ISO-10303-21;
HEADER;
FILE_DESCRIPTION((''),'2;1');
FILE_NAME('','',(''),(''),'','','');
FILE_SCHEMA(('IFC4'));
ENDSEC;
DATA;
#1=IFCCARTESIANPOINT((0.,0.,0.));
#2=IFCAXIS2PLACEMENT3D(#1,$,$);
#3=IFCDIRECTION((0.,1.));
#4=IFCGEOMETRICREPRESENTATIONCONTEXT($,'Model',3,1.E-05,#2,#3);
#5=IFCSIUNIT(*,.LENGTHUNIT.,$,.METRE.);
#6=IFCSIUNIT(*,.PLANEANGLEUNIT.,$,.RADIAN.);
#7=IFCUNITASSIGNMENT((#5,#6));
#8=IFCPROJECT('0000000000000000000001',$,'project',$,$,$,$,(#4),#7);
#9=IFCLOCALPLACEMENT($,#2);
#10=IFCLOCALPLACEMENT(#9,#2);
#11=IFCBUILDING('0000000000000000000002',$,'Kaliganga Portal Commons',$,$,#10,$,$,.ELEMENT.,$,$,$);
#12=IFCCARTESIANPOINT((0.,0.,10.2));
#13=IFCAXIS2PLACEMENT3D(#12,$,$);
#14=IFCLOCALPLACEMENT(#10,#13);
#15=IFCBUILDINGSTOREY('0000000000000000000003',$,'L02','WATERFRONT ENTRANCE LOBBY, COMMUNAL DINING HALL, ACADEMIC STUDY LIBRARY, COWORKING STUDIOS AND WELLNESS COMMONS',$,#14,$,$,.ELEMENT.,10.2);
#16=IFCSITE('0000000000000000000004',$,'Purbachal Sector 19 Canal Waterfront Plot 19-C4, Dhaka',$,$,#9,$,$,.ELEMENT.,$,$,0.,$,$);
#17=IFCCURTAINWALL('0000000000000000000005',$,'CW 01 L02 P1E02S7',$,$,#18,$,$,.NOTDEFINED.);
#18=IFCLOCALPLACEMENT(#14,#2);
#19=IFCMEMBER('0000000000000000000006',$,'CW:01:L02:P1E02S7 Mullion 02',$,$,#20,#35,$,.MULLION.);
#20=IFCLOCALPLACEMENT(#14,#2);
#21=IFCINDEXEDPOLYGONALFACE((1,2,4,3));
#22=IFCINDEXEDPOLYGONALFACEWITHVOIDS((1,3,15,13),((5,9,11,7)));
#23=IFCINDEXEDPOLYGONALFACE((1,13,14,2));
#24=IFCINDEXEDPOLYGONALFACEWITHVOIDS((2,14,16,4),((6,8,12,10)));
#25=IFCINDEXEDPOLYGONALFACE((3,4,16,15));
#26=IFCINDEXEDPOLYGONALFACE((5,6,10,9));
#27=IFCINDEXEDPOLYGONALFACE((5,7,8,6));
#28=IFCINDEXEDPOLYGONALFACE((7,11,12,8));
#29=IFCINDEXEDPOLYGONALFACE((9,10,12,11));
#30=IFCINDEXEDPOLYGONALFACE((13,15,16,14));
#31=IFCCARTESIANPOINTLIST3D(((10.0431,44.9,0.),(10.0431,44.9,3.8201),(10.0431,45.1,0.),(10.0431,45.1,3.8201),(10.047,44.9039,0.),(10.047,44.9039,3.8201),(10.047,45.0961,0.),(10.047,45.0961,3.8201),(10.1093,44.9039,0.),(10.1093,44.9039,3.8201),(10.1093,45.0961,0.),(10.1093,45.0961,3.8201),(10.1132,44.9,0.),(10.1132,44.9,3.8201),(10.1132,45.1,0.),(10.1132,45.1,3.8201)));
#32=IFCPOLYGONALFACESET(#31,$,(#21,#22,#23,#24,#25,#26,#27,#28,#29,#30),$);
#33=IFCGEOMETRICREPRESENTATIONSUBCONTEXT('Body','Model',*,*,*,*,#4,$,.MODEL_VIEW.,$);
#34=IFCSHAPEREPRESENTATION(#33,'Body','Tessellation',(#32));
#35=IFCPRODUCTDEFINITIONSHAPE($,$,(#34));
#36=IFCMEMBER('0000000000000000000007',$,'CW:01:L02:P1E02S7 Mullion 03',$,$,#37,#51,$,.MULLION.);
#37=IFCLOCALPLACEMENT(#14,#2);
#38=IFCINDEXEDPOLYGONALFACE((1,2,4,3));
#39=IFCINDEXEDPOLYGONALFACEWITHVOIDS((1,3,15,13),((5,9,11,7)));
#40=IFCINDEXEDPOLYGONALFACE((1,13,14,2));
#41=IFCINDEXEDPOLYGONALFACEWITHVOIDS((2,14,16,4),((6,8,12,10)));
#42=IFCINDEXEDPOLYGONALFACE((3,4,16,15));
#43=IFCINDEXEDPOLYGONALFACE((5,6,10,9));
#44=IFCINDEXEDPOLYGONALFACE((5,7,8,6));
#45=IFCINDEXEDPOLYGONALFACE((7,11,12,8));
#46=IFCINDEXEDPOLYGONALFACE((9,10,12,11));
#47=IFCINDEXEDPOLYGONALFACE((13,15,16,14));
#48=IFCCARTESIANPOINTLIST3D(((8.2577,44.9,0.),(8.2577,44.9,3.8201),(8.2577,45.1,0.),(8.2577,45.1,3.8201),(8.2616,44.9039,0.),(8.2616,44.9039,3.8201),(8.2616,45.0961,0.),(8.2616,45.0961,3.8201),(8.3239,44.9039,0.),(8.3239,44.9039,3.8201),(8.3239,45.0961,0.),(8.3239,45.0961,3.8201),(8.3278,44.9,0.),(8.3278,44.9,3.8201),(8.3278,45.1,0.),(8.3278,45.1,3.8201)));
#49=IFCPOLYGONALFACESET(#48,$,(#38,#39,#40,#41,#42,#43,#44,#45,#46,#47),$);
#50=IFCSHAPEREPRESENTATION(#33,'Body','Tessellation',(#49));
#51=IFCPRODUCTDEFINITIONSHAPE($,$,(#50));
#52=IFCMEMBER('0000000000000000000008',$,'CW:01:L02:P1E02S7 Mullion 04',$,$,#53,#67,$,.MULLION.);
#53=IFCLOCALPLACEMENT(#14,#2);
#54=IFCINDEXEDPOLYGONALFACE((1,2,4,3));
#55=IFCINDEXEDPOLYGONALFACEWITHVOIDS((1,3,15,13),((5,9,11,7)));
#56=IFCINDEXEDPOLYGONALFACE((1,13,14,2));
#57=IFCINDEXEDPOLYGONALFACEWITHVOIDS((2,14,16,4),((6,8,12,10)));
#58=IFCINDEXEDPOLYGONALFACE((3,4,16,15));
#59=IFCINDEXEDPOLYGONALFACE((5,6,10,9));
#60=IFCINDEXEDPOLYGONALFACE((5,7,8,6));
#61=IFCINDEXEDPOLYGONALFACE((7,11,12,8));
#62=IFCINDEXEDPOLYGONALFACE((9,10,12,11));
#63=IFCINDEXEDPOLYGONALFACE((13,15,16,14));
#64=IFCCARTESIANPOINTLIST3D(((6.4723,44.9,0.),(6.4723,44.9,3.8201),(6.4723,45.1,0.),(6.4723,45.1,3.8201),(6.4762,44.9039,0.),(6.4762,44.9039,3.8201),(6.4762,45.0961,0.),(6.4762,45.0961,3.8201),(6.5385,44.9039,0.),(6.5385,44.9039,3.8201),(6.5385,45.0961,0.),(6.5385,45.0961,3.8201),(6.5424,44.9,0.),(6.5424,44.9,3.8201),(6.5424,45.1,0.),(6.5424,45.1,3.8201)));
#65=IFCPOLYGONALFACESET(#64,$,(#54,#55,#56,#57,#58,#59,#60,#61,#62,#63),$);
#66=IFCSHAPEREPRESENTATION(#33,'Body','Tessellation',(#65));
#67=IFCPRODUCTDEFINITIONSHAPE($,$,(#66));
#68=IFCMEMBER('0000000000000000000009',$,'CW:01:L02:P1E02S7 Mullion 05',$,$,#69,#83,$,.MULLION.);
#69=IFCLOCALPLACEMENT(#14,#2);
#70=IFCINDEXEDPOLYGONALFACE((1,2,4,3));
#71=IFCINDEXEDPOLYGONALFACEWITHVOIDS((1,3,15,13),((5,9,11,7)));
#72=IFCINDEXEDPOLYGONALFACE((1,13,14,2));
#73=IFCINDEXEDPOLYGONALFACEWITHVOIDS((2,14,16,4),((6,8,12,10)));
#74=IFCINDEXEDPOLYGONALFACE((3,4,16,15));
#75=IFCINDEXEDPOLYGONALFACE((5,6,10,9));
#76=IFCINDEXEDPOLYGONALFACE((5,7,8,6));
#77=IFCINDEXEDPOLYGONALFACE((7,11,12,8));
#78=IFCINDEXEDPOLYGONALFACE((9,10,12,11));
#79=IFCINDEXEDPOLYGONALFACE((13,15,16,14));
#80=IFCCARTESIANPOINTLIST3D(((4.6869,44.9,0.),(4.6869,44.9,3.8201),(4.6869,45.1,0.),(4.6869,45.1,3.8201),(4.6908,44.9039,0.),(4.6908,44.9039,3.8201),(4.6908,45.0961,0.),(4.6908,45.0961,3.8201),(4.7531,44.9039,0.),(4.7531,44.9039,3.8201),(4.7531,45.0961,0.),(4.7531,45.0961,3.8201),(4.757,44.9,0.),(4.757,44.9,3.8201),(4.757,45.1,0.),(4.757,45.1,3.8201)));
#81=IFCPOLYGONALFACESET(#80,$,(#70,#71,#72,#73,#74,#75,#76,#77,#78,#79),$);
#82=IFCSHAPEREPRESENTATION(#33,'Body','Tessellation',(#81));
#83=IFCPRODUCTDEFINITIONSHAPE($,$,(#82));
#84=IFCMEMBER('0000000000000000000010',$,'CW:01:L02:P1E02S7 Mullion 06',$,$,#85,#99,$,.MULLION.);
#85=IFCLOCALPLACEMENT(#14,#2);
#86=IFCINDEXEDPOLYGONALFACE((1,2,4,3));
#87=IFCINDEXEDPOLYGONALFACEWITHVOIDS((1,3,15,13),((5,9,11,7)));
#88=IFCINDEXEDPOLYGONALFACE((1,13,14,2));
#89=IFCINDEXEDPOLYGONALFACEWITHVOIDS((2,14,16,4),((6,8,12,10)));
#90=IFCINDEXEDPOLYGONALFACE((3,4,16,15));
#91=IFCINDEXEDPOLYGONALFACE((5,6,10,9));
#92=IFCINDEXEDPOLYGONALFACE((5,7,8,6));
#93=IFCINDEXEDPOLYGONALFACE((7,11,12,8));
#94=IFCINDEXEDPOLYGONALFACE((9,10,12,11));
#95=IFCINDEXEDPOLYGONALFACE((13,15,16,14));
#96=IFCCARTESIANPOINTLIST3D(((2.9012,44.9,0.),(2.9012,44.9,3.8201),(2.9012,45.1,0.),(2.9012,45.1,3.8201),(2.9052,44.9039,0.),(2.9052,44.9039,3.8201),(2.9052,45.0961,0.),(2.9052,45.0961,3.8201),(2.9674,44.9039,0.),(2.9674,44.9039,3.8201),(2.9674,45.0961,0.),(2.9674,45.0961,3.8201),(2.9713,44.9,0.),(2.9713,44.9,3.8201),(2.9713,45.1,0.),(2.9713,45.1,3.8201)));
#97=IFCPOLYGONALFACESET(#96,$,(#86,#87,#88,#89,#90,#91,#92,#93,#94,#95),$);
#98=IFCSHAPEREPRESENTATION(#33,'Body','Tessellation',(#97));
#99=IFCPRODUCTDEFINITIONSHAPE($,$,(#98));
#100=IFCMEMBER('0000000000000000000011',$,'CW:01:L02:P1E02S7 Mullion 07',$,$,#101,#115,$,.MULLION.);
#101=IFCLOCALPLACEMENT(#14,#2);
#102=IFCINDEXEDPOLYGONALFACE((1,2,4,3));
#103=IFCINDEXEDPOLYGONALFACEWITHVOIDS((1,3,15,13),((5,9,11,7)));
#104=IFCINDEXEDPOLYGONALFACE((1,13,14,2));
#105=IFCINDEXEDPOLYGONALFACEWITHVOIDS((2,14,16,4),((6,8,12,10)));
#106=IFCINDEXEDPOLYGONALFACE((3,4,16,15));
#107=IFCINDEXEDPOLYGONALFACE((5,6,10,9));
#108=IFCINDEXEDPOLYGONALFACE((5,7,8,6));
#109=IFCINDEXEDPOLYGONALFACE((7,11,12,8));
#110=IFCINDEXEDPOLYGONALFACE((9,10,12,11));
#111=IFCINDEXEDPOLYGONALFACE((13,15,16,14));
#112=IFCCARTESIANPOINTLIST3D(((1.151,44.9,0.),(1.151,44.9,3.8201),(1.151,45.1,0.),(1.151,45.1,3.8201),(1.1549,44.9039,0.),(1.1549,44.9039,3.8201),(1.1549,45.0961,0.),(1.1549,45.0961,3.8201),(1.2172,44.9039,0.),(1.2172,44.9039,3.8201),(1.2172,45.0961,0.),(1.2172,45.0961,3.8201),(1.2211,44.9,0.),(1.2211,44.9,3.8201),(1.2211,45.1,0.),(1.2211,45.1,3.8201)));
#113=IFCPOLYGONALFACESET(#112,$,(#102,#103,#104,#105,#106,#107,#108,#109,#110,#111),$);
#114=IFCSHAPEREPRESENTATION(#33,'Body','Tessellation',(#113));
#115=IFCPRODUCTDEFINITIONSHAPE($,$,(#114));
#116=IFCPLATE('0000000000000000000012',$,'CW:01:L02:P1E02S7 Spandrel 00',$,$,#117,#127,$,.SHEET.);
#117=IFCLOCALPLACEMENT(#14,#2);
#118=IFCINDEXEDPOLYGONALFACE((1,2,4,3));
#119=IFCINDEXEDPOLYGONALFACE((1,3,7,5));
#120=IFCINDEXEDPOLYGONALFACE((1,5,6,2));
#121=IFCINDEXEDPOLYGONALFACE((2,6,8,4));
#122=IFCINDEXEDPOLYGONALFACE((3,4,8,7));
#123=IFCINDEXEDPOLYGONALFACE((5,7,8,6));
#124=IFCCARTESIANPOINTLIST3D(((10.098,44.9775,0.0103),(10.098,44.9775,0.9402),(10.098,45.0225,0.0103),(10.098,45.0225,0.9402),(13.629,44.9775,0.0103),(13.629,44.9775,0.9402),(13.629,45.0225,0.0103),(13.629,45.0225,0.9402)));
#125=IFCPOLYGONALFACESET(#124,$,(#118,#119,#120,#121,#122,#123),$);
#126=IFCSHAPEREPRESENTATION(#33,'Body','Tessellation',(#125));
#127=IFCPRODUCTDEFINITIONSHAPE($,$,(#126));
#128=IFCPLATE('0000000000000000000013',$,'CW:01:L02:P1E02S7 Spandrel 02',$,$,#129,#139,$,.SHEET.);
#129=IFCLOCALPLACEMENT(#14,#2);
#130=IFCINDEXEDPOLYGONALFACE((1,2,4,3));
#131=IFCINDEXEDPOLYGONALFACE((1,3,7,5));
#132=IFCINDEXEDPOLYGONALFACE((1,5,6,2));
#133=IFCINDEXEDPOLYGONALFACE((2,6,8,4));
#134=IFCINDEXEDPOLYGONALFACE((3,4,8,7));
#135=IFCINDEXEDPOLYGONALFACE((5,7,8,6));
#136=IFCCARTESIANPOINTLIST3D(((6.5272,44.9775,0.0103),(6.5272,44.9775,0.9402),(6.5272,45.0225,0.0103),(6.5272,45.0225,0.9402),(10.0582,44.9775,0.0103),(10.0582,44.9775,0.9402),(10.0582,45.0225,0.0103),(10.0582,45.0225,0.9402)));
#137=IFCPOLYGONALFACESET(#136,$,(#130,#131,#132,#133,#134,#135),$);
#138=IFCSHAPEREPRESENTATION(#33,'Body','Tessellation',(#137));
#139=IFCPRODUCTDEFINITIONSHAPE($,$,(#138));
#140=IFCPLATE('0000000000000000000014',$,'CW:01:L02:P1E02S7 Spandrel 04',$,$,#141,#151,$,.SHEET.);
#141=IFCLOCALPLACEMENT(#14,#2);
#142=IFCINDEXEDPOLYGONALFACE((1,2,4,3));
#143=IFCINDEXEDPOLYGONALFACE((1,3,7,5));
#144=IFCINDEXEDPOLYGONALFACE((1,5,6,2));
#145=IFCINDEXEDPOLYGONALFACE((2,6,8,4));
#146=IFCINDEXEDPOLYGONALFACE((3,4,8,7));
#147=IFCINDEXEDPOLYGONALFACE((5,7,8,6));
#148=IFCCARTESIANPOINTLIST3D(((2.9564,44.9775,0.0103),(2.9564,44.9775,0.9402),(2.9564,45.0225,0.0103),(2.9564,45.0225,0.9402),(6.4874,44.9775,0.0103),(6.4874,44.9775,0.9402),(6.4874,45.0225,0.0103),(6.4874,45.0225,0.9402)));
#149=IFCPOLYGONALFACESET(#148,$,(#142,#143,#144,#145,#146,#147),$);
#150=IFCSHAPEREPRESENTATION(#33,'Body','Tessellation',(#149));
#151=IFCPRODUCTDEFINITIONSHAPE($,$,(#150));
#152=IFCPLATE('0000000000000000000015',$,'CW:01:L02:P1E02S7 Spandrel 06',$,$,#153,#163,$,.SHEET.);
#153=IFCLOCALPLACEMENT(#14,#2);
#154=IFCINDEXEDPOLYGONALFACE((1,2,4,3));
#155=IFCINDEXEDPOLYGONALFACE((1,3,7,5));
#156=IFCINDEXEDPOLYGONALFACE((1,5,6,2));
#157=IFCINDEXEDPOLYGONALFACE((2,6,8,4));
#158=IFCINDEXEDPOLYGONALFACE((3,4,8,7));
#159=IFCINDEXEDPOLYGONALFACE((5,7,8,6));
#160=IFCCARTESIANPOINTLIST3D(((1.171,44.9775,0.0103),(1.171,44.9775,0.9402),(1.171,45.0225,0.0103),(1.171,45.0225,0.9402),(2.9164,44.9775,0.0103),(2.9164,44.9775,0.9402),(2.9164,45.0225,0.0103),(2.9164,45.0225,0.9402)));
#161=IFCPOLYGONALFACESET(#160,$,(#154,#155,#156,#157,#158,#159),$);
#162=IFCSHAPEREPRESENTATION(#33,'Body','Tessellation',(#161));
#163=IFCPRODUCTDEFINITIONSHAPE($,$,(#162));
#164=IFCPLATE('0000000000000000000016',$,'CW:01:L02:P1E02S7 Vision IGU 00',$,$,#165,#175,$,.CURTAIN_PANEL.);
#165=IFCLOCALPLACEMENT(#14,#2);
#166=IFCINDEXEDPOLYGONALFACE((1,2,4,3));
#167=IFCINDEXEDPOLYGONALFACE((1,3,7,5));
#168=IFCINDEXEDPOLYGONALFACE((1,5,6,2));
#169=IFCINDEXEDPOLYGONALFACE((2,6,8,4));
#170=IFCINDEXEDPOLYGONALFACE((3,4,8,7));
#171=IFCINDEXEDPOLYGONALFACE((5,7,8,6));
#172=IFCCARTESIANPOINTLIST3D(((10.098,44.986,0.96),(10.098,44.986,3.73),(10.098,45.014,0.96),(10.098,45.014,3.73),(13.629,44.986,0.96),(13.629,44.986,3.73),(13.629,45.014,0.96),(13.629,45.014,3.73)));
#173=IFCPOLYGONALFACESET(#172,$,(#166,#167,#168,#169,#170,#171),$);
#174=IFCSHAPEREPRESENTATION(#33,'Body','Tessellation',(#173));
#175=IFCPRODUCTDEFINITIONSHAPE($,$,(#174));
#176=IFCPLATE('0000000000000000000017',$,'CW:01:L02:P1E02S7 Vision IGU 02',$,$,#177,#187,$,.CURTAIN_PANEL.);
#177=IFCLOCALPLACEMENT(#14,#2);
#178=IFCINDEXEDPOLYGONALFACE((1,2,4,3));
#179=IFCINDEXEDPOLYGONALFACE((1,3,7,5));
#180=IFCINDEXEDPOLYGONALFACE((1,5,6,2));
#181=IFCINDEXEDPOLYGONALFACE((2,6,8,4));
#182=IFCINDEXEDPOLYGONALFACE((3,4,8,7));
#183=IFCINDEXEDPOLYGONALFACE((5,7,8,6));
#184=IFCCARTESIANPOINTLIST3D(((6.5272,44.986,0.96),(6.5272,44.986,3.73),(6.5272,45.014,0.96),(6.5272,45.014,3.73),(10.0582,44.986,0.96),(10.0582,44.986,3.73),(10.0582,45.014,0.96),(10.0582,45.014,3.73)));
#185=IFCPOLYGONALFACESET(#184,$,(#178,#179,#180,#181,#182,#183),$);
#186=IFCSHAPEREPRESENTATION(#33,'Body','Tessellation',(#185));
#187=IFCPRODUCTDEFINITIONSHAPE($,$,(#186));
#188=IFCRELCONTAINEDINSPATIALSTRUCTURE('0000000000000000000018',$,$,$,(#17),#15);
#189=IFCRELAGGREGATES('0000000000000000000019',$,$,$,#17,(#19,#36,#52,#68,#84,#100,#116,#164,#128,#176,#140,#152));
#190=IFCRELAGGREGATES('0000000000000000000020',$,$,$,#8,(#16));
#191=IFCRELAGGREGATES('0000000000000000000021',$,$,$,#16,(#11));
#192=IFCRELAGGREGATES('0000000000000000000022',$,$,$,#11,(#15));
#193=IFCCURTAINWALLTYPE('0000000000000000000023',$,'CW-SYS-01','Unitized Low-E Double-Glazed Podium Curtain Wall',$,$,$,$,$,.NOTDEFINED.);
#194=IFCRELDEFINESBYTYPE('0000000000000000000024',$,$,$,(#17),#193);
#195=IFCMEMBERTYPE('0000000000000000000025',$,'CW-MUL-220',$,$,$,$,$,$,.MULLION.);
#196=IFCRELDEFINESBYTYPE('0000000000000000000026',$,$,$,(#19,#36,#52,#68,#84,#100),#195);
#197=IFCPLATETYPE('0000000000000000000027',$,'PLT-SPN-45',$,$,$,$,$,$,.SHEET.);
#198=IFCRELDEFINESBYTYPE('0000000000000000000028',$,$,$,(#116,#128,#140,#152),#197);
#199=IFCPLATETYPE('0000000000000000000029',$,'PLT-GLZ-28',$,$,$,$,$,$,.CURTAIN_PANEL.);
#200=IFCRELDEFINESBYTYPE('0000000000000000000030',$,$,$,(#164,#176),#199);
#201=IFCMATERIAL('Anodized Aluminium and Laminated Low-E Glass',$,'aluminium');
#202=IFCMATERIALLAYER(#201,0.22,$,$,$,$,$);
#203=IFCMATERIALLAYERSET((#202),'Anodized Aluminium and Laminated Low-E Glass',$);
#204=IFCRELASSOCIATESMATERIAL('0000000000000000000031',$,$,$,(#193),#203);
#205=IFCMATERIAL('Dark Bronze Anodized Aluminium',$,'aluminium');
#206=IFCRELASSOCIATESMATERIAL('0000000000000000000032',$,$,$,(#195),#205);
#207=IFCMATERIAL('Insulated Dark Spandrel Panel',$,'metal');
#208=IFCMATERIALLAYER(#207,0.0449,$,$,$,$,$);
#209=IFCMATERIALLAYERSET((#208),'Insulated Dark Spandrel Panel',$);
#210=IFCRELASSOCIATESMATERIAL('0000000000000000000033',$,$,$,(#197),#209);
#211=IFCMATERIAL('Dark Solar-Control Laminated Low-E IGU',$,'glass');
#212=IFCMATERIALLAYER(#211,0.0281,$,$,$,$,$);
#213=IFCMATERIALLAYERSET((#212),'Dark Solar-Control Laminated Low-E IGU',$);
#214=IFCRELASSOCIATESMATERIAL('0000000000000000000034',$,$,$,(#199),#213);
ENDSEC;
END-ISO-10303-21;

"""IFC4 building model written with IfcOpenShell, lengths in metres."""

from ifc_helpers import new_model, si_unit, direction, frame, origin, origin_2d, place, context, subcontext, project, spatial, rectangle, hollow_rectangle, extrude, source, transform, mapped, material, layer, layer_set, material_profile, profile_set, type_object, element, aggregate, save


model = new_model("IFC4")

# Units and contexts
model_context = context("Model", 3, precision=1e-05, world=origin(), true_north=direction((0.0, 1.0)))
body_context = subcontext(model_context, "Body", "Model", "MODEL_VIEW")
ifc_project = project(units=[si_unit("LENGTHUNIT", "METRE"), si_unit("PLANEANGLEUNIT", "RADIAN")], contexts=[model_context])

# Site, building, storey
site_placement = place(None, origin())
site = spatial("IfcSite", under=ifc_project, at=site_placement, Name="Purbachal Sector 19 Canal Waterfront Plot 19-C4, Dhaka", CompositionType="ELEMENT", RefElevation=0.0)
building_placement = place(site_placement, origin())
building = spatial("IfcBuilding", under=site, at=building_placement, Name="Kaliganga Portal Commons", CompositionType="ELEMENT")
storey_placement = place(building_placement, frame((0.0, 0.0, 10.2)))
storey = spatial("IfcBuildingStorey", under=building, at=storey_placement, Name="L02", Description="WATERFRONT ENTRANCE LOBBY, COMMUNAL DINING HALL, ACADEMIC STUDY LIBRARY, COWORKING STUDIOS AND WELLNESS COMMONS", CompositionType="ELEMENT", Elevation=10.2)

# Shared definitions
ifc_material_1 = material(Name="Anodized Aluminium and Laminated Low-E Glass", Category="aluminium")
ifc_layer_1 = layer(ifc_material_1, 0.22)
ifc_layer_set_1 = layer_set([ifc_layer_1], Name="Anodized Aluminium and Laminated Low-E Glass")
curtain_wall_type = type_object("IfcCurtainWallType", Name="CW-SYS-01", Description="Unitized Low-E Double-Glazed Podium Curtain Wall", PredefinedType="NOTDEFINED", material=ifc_layer_set_1)
ifc_material_2 = material(Name="Dark Bronze Anodized Aluminium", Category="aluminium")

# Curtain wall, members, plates
curtain_wall_1_placement = place(storey_placement, origin())
curtain_wall_1 = element("IfcCurtainWall", 1, at=curtain_wall_1_placement, inside=storey, type_object=curtain_wall_type, Name="CW 01 L02 P1E02S7", PredefinedType="NOTDEFINED")
ifc_material_profile_1 = material_profile(ifc_material_2, hollow_rectangle(XDim=0.0701, YDim=0.2, WallThickness=0.0039, at=origin_2d()), Name="ALU MULL 70x200x4")
ifc_profile_set_1 = profile_set([ifc_material_profile_1], Name="Dark Bronze Anodized Aluminium")
member_type_1 = type_object("IfcMemberType", Name="CW-MUL-220", PredefinedType="MULLION", material=ifc_profile_set_1)
shared_shape_1 = source(origin(), body_context, "Body", "SweptSolid", [
    extrude(hollow_rectangle(XDim=0.0701, YDim=0.2, WallThickness=0.0039, at=origin_2d()), origin(), (0.0, 0.0, 1.0), 3.8201),
])
member_1_placement = place(storey_placement, frame((10.0781, 45.0, 0.0), z_axis=(0.0, 0.0, 1.0), x_axis=(-1.0, 0.0, 0.0)))
member_1 = element("IfcMember", 2, at=member_1_placement, type_object=member_type_1, Name="CW:01:L02:P1E02S7 Mullion 02", PredefinedType="MULLION", context=body_context, shape_type="MappedRepresentation", body=[
    mapped(shared_shape_1, transform((0.0, 0.0, 0.0), x_axis=(1.0, 0.0, 0.0), y_axis=(0.0, 1.0, 0.0), z_axis=(0.0, 0.0, 1.0), scale=1.0)),
])
member_2_placement = place(storey_placement, frame((8.2927, 45.0, 0.0), z_axis=(0.0, 0.0, 1.0), x_axis=(-1.0, 0.0, 0.0)))
member_2 = element("IfcMember", 3, at=member_2_placement, type_object=member_type_1, Name="CW:01:L02:P1E02S7 Mullion 03", PredefinedType="MULLION", context=body_context, shape_type="MappedRepresentation", body=[
    mapped(shared_shape_1, transform((0.0, 0.0, 0.0), x_axis=(1.0, 0.0, 0.0), y_axis=(0.0, 1.0, 0.0), z_axis=(0.0, 0.0, 1.0), scale=1.0)),
])
member_3_placement = place(storey_placement, frame((6.5073, 45.0, 0.0), z_axis=(0.0, 0.0, 1.0), x_axis=(-1.0, 0.0, 0.0)))
member_3 = element("IfcMember", 4, at=member_3_placement, type_object=member_type_1, Name="CW:01:L02:P1E02S7 Mullion 04", PredefinedType="MULLION", context=body_context, shape_type="MappedRepresentation", body=[
    mapped(shared_shape_1, transform((0.0, 0.0, 0.0), x_axis=(1.0, 0.0, 0.0), y_axis=(0.0, 1.0, 0.0), z_axis=(0.0, 0.0, 1.0), scale=1.0)),
])
member_4_placement = place(storey_placement, frame((4.7219, 45.0, 0.0), z_axis=(0.0, 0.0, 1.0), x_axis=(-1.0, 0.0, 0.0)))
member_4 = element("IfcMember", 5, at=member_4_placement, type_object=member_type_1, Name="CW:01:L02:P1E02S7 Mullion 05", PredefinedType="MULLION", context=body_context, shape_type="MappedRepresentation", body=[
    mapped(shared_shape_1, transform((0.0, 0.0, 0.0), x_axis=(1.0, 0.0, 0.0), y_axis=(0.0, 1.0, 0.0), z_axis=(0.0, 0.0, 1.0), scale=1.0)),
])
member_5_placement = place(storey_placement, frame((2.9363, 45.0, 0.0), z_axis=(0.0, 0.0, 1.0), x_axis=(-1.0, 0.0, 0.0)))
member_5 = element("IfcMember", 6, at=member_5_placement, type_object=member_type_1, Name="CW:01:L02:P1E02S7 Mullion 06", PredefinedType="MULLION", context=body_context, shape_type="MappedRepresentation", body=[
    mapped(shared_shape_1, transform((0.0, 0.0, 0.0), x_axis=(1.0, 0.0, 0.0), y_axis=(0.0, 1.0, 0.0), z_axis=(0.0, 0.0, 1.0), scale=1.0)),
])
member_6_placement = place(storey_placement, frame((1.186, 45.0, 0.0), z_axis=(0.0, 0.0, 1.0), x_axis=(-1.0, 0.0, 0.0)))
member_6 = element("IfcMember", 7, at=member_6_placement, type_object=member_type_1, Name="CW:01:L02:P1E02S7 Mullion 07", PredefinedType="MULLION", context=body_context, shape_type="MappedRepresentation", body=[
    mapped(shared_shape_1, transform((0.0, 0.0, 0.0), x_axis=(1.0, 0.0, 0.0), y_axis=(0.0, 1.0, 0.0), z_axis=(0.0, 0.0, 1.0), scale=1.0)),
])
ifc_material_3 = material(Name="Insulated Dark Spandrel Panel", Category="metal")
ifc_layer_2 = layer(ifc_material_3, 0.0449)
ifc_layer_set_2 = layer_set([ifc_layer_2], Name="Insulated Dark Spandrel Panel")
plate_type_1 = type_object("IfcPlateType", Name="PLT-SPN-45", PredefinedType="SHEET", material=ifc_layer_set_2)
shared_shape_2 = source(origin(), body_context, "Body", "SweptSolid", [
    extrude(rectangle(XDim=3.531, YDim=0.0449, at=origin_2d()), origin(), (0.0, 0.0, 1.0), 0.9299),
])
plate_1_placement = place(storey_placement, frame((11.8635, 45.0, 0.0103), z_axis=(0.0, 0.0, 1.0), x_axis=(-1.0, 0.0, 0.0)))
plate_1 = element("IfcPlate", 8, at=plate_1_placement, type_object=plate_type_1, Name="CW:01:L02:P1E02S7 Spandrel 00", PredefinedType="SHEET", context=body_context, shape_type="MappedRepresentation", body=[
    mapped(shared_shape_2, transform((0.0, 0.0, 0.0), x_axis=(1.0, 0.0, 0.0), y_axis=(0.0, 1.0, 0.0), z_axis=(0.0, 0.0, 1.0), scale=1.0)),
])
plate_2_placement = place(storey_placement, frame((8.2927, 45.0, 0.0103), z_axis=(0.0, 0.0, 1.0), x_axis=(-1.0, 0.0, 0.0)))
plate_2 = element("IfcPlate", 9, at=plate_2_placement, type_object=plate_type_1, Name="CW:01:L02:P1E02S7 Spandrel 02", PredefinedType="SHEET", context=body_context, shape_type="MappedRepresentation", body=[
    mapped(shared_shape_2, transform((0.0, 0.0, 0.0), x_axis=(1.0, 0.0, 0.0), y_axis=(0.0, 1.0, 0.0), z_axis=(0.0, 0.0, 1.0), scale=1.0)),
])
plate_3_placement = place(storey_placement, frame((4.7219, 45.0, 0.0103), z_axis=(0.0, 0.0, 1.0), x_axis=(-1.0, 0.0, 0.0)))
plate_3 = element("IfcPlate", 10, at=plate_3_placement, type_object=plate_type_1, Name="CW:01:L02:P1E02S7 Spandrel 04", PredefinedType="SHEET", context=body_context, shape_type="MappedRepresentation", body=[
    mapped(shared_shape_2, transform((0.0, 0.0, 0.0), x_axis=(1.0, 0.0, 0.0), y_axis=(0.0, 1.0, 0.0), z_axis=(0.0, 0.0, 1.0), scale=1.0)),
])
shared_shape_3 = source(origin(), body_context, "Body", "SweptSolid", [
    extrude(rectangle(XDim=1.7454, YDim=0.0449, at=origin_2d()), origin(), (0.0, 0.0, 1.0), 0.9299),
])
plate_4_placement = place(storey_placement, frame((2.0437, 45.0, 0.0103), z_axis=(0.0, 0.0, 1.0), x_axis=(-1.0, 0.0, 0.0)))
plate_4 = element("IfcPlate", 11, at=plate_4_placement, type_object=plate_type_1, Name="CW:01:L02:P1E02S7 Spandrel 06", PredefinedType="SHEET", context=body_context, shape_type="MappedRepresentation", body=[
    mapped(shared_shape_3, transform((0.0, 0.0, 0.0), x_axis=(1.0, 0.0, 0.0), y_axis=(0.0, 1.0, 0.0), z_axis=(0.0, 0.0, 1.0), scale=1.0)),
])
ifc_material_4 = material(Name="Dark Solar-Control Laminated Low-E IGU", Category="glass")
ifc_layer_3 = layer(ifc_material_4, 0.0281)
ifc_layer_set_3 = layer_set([ifc_layer_3], Name="Dark Solar-Control Laminated Low-E IGU")
plate_type_2 = type_object("IfcPlateType", Name="PLT-GLZ-28", PredefinedType="CURTAIN_PANEL", material=ifc_layer_set_3)
shared_shape_4 = source(origin(), body_context, "Body", "SweptSolid", [
    extrude(rectangle(XDim=3.531, YDim=0.0281, at=origin_2d()), origin(), (0.0, 0.0, 1.0), 2.77),
])
plate_5_placement = place(storey_placement, frame((11.8635, 45.0, 0.96), z_axis=(0.0, 0.0, 1.0), x_axis=(-1.0, 0.0, 0.0)))
plate_5 = element("IfcPlate", 12, at=plate_5_placement, type_object=plate_type_2, Name="CW:01:L02:P1E02S7 Vision IGU 00", PredefinedType="CURTAIN_PANEL", context=body_context, shape_type="MappedRepresentation", body=[
    mapped(shared_shape_4, transform((0.0, 0.0, 0.0), x_axis=(1.0, 0.0, 0.0), y_axis=(0.0, 1.0, 0.0), z_axis=(0.0, 0.0, 1.0), scale=1.0)),
])
plate_6_placement = place(storey_placement, frame((8.2927, 45.0, 0.96), z_axis=(0.0, 0.0, 1.0), x_axis=(-1.0, 0.0, 0.0)))
plate_6 = element("IfcPlate", 13, at=plate_6_placement, type_object=plate_type_2, Name="CW:01:L02:P1E02S7 Vision IGU 02", PredefinedType="CURTAIN_PANEL", context=body_context, shape_type="MappedRepresentation", body=[
    mapped(shared_shape_4, transform((0.0, 0.0, 0.0), x_axis=(1.0, 0.0, 0.0), y_axis=(0.0, 1.0, 0.0), z_axis=(0.0, 0.0, 1.0), scale=1.0)),
])
aggregate(curtain_wall_1, [member_1, member_2, member_3, member_4, member_5, member_6, plate_1, plate_5, plate_2, plate_6, plate_3, plate_4])

save(model, "model.ifc")
